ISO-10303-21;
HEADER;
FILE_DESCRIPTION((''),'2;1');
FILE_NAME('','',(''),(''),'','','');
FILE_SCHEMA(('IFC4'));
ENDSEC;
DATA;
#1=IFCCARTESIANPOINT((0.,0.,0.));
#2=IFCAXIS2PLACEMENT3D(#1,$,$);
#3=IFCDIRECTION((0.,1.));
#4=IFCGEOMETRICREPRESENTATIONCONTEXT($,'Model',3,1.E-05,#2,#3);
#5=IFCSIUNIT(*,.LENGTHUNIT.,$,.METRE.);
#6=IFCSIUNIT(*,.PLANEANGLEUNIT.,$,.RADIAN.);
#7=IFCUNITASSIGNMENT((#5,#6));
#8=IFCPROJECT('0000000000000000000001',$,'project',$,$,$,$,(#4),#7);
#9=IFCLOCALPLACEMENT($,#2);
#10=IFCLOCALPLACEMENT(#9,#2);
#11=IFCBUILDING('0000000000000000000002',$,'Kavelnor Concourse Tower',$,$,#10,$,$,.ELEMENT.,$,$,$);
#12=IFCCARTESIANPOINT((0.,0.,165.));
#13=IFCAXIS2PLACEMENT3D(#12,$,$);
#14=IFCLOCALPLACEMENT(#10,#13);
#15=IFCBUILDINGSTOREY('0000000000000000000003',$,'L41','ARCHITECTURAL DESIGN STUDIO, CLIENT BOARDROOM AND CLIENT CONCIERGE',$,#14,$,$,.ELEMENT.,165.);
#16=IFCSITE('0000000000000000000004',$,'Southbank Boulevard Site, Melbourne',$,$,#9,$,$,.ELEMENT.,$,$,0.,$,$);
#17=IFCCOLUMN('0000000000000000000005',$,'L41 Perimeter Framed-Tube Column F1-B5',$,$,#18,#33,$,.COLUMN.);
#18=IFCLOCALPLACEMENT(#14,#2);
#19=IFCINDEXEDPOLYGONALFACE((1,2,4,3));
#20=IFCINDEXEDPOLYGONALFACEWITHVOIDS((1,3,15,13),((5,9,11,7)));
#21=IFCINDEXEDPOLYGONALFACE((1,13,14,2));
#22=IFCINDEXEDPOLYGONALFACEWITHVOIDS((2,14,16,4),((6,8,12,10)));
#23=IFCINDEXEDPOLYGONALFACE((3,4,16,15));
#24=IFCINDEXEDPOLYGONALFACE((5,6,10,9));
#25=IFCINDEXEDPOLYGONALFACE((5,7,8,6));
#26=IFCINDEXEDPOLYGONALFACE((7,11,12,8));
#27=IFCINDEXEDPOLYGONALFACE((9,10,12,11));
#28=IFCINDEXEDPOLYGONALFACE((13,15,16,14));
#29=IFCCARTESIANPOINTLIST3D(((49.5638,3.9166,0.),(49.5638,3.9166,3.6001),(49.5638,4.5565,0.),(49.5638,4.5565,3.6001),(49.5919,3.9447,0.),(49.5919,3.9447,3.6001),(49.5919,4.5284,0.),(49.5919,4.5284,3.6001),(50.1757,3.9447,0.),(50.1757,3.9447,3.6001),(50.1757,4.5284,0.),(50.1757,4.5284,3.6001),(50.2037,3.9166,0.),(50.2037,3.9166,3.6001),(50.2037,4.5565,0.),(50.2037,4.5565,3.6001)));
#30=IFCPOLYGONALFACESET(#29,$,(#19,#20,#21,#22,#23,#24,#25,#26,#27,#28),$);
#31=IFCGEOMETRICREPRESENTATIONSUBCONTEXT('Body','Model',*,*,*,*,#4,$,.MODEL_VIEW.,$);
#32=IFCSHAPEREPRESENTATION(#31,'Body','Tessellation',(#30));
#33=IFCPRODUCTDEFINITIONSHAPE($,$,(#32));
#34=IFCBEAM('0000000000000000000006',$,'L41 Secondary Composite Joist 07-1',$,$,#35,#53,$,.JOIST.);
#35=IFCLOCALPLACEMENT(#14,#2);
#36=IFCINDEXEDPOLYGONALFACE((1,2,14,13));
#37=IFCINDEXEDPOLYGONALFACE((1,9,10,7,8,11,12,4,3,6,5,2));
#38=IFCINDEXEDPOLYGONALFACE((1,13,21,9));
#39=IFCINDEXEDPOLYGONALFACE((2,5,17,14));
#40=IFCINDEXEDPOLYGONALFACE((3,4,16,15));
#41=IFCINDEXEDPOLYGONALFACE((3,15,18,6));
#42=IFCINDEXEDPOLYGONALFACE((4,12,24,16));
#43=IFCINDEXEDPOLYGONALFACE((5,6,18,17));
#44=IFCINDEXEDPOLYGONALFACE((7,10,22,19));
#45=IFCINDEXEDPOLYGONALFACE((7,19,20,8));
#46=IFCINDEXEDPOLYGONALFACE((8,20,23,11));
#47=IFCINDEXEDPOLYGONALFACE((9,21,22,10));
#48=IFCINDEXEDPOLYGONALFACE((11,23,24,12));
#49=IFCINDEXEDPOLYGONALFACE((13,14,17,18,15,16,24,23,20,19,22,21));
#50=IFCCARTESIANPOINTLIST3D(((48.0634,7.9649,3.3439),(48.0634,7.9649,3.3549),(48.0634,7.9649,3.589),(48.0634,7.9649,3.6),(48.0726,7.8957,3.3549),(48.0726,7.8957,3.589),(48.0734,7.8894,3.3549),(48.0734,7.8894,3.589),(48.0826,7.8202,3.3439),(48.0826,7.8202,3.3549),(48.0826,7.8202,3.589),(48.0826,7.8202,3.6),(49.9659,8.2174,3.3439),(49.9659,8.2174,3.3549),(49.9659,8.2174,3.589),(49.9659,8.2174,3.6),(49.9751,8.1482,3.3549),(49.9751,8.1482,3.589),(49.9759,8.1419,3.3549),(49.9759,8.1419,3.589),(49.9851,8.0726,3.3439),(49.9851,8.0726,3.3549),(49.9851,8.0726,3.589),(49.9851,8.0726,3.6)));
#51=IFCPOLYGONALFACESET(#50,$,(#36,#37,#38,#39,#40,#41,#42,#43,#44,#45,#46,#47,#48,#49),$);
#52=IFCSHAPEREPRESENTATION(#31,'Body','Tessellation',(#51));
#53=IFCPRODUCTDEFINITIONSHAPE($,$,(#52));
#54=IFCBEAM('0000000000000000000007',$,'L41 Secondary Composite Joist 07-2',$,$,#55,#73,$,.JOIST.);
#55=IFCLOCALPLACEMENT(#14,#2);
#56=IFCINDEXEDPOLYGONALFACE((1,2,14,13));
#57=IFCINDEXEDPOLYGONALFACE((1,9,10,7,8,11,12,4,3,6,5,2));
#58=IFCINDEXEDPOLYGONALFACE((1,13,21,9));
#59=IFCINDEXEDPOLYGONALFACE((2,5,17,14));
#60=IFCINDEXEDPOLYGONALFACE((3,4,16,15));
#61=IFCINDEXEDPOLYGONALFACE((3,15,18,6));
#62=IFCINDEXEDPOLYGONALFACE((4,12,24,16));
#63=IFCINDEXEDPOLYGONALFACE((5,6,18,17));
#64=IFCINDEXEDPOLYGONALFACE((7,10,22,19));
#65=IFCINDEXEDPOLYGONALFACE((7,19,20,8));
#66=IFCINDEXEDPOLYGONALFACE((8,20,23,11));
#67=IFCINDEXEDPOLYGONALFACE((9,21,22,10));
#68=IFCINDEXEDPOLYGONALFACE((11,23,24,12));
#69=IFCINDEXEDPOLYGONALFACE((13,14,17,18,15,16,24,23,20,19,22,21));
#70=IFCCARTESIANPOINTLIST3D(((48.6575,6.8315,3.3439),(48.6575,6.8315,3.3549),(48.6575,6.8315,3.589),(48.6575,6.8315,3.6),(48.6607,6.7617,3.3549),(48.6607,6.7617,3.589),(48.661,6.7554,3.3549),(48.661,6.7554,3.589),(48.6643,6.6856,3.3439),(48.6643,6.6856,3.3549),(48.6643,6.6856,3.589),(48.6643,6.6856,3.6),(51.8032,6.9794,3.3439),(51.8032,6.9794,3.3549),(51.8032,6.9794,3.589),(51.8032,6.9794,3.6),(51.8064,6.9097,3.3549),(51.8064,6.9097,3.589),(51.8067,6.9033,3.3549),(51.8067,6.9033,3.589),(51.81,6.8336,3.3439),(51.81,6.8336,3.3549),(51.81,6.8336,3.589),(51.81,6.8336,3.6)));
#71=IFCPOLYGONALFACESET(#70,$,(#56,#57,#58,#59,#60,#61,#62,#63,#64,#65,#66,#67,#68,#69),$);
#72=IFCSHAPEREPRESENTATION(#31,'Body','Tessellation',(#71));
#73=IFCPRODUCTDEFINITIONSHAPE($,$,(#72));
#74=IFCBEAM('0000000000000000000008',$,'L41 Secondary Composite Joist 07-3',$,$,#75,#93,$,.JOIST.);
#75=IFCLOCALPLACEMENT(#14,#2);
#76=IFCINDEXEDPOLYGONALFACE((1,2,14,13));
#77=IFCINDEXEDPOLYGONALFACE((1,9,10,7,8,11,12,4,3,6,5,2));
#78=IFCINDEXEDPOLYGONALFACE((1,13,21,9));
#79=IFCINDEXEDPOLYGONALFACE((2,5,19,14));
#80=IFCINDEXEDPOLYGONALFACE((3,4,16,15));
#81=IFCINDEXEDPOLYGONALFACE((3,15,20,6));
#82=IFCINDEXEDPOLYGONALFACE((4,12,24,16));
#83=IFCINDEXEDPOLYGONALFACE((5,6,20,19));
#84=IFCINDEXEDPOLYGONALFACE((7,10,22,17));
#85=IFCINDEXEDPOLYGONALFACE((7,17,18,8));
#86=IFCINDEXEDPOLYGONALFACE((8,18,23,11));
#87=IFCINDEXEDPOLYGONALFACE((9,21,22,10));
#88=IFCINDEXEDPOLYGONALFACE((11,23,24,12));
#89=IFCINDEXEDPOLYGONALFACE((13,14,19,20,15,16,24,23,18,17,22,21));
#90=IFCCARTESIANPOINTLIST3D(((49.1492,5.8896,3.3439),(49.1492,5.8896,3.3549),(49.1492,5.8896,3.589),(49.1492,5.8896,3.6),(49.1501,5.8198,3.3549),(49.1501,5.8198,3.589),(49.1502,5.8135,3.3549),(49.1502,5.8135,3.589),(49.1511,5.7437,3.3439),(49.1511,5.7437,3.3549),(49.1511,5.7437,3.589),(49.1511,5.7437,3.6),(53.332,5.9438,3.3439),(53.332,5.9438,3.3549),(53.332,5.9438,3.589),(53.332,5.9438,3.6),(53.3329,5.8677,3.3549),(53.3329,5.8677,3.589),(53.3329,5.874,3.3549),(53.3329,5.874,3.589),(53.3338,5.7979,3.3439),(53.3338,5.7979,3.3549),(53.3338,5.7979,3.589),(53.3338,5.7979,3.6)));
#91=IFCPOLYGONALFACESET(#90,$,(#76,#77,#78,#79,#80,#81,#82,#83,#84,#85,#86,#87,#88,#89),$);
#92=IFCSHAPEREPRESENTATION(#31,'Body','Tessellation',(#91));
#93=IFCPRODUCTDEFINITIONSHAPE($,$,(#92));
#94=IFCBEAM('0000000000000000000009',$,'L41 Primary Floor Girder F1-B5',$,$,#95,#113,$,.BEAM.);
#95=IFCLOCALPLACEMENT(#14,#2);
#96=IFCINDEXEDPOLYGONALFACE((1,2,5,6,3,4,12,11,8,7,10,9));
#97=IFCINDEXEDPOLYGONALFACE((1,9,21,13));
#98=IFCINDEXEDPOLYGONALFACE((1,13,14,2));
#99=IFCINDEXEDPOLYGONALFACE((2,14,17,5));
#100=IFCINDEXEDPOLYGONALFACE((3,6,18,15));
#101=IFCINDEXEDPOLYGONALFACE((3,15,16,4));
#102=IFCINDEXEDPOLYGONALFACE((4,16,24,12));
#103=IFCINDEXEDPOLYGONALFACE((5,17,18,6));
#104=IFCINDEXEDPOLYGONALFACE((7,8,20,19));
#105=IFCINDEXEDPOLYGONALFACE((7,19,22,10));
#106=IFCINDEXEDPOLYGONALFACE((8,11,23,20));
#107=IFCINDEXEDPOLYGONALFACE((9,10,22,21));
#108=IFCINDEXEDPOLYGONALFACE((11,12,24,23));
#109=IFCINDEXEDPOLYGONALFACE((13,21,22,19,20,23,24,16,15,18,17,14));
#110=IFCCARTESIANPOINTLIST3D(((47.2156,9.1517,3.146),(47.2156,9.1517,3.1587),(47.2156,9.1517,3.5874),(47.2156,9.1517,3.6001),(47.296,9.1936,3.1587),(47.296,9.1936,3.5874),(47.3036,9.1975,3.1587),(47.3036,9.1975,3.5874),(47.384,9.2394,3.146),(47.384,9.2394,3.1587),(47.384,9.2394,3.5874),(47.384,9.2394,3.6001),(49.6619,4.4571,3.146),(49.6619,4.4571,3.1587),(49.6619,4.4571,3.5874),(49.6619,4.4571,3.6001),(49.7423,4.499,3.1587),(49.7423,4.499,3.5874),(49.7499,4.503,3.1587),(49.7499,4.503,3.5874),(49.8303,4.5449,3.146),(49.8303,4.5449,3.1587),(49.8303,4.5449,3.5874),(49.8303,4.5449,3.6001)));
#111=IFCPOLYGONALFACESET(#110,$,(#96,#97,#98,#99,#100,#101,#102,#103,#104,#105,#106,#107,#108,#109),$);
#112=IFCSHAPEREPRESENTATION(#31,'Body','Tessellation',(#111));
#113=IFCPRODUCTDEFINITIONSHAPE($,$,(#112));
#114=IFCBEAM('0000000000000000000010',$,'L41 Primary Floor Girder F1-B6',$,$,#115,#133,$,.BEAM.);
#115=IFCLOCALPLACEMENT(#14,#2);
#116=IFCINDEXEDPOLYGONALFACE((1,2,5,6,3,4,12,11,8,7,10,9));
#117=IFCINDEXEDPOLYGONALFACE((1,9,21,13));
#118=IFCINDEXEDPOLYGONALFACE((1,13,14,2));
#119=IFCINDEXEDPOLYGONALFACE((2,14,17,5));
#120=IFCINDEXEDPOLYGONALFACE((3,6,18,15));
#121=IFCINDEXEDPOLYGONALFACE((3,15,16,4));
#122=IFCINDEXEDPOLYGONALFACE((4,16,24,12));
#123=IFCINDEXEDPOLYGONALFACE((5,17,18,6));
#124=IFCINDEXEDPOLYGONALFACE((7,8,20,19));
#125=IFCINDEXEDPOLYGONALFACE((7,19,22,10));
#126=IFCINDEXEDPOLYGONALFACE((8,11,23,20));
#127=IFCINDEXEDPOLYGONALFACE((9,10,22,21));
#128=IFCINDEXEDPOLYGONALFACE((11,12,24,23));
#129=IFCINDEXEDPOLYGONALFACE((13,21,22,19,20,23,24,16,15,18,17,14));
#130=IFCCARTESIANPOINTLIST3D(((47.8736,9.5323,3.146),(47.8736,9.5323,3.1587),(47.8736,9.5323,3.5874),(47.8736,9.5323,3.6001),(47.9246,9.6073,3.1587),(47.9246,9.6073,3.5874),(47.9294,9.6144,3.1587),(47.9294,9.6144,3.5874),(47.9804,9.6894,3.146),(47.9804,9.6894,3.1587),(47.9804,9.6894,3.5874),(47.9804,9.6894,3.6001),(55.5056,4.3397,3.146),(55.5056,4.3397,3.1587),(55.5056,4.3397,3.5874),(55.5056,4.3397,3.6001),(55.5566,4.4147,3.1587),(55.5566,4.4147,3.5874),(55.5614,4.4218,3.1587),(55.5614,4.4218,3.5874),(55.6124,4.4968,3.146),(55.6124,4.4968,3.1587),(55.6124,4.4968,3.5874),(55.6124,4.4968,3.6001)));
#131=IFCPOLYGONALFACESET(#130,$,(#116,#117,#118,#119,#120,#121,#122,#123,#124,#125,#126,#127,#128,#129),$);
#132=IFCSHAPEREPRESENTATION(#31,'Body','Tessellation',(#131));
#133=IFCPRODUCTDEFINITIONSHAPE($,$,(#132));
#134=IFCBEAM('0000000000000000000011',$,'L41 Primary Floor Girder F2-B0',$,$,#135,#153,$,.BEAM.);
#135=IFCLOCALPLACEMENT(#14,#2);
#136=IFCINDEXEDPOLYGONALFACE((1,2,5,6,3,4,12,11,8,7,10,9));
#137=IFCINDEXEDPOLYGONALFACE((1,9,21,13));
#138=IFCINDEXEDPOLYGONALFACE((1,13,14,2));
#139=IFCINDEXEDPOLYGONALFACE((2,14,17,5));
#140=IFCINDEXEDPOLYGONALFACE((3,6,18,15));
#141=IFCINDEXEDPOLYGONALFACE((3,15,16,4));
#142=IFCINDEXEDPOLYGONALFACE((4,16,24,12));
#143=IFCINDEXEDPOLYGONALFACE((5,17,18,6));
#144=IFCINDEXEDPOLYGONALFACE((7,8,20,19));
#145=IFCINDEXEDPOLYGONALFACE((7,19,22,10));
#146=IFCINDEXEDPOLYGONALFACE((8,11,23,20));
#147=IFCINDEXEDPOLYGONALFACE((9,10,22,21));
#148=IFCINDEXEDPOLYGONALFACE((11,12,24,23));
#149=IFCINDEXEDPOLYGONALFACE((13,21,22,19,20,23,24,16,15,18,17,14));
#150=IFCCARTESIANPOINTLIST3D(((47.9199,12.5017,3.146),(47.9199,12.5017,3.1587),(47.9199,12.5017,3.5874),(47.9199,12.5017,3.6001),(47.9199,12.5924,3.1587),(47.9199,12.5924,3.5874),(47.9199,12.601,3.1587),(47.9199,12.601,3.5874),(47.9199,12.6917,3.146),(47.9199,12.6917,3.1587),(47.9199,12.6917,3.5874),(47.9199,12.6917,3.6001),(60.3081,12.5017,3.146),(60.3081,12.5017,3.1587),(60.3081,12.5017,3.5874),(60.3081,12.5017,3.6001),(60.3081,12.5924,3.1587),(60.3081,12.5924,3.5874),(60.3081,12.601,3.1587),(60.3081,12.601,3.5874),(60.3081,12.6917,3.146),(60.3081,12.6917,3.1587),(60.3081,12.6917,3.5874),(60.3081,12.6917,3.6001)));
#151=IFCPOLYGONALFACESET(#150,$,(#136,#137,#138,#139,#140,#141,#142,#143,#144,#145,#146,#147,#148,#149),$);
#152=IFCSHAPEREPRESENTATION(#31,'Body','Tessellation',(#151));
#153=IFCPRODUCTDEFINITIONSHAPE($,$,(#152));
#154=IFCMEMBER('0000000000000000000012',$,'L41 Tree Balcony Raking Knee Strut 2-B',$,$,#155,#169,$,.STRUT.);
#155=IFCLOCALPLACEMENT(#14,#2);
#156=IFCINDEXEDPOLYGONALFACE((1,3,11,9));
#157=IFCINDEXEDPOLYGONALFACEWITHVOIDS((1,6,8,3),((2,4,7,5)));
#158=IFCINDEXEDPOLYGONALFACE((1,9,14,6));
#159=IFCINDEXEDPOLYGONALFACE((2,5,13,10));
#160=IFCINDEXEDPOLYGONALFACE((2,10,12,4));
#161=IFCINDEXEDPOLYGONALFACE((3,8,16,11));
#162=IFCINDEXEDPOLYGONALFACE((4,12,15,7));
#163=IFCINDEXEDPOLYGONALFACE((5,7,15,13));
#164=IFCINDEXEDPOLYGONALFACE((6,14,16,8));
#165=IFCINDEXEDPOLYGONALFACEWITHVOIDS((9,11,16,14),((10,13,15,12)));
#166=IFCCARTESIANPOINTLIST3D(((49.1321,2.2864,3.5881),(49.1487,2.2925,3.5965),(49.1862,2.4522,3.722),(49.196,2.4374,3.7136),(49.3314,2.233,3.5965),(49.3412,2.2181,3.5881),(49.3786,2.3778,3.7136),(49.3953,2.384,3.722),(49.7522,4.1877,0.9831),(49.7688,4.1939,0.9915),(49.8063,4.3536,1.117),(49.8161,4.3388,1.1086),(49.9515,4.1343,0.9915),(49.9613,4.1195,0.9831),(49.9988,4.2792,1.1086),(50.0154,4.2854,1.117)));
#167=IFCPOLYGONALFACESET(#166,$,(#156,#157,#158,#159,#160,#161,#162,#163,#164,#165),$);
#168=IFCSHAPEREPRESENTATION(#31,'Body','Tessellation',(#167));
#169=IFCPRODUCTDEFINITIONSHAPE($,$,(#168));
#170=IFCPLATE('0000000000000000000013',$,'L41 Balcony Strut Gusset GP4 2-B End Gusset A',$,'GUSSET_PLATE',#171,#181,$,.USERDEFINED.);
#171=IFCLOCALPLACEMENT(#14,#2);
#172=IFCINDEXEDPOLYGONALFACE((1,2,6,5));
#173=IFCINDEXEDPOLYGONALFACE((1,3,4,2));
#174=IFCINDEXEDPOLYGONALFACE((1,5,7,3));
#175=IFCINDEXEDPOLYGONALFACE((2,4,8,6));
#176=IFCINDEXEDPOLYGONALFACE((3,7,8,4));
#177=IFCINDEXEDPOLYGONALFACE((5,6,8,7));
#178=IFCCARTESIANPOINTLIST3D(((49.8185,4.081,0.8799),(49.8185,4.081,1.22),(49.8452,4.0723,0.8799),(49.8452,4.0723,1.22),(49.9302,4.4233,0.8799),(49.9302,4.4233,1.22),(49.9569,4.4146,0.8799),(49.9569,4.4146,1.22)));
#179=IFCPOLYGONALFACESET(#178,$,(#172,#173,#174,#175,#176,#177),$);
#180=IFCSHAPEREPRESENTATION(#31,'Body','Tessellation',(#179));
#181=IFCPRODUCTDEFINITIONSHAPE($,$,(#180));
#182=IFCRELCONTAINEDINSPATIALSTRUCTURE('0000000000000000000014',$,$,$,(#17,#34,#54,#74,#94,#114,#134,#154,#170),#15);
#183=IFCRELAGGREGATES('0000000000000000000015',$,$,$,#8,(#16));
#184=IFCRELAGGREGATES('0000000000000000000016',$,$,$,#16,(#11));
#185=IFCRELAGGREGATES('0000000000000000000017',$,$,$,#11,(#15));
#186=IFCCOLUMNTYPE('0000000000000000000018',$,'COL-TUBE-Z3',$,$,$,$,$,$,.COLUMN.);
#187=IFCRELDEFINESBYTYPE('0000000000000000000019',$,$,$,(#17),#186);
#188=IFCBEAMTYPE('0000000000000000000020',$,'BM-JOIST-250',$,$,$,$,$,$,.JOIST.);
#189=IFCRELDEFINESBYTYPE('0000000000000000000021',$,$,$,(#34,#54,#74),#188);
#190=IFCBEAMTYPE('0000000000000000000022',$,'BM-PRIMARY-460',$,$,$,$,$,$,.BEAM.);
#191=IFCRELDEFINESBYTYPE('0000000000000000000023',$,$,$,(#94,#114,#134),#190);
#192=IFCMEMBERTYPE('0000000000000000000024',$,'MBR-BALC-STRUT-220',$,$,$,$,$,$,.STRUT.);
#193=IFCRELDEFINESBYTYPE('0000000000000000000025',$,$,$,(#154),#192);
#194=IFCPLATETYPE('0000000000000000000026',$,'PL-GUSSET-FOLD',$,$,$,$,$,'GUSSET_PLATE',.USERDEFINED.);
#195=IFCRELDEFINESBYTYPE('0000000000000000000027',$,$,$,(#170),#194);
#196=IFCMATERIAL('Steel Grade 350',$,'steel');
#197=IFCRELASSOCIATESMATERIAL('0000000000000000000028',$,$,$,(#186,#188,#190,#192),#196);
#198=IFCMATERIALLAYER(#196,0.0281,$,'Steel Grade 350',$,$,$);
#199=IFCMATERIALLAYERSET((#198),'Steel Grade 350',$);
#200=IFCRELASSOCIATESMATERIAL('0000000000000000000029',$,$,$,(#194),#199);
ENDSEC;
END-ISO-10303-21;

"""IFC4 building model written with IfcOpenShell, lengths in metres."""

from ifc_helpers import new_model, si_unit, direction, frame, origin, origin_2d, place, context, subcontext, project, spatial, rectangle, hollow_rectangle, i_section, extrude, material, layer, layer_set, material_profile, profile_set, type_object, element, save


model = new_model("IFC4")

# Units and contexts
model_context = context("Model", 3, precision=1e-05, world=origin(), true_north=direction((0.0, 1.0)))
body_context = subcontext(model_context, "Body", "Model", "MODEL_VIEW")
ifc_project = project(units=[si_unit("LENGTHUNIT", "METRE"), si_unit("PLANEANGLEUNIT", "RADIAN")], contexts=[model_context])

# Site, building, storey
site_placement = place(None, origin())
site = spatial("IfcSite", under=ifc_project, at=site_placement, Name="Southbank Boulevard Site, Melbourne", CompositionType="ELEMENT", RefElevation=0.0)
building_placement = place(site_placement, origin())
building = spatial("IfcBuilding", under=site, at=building_placement, Name="Kavelnor Concourse Tower", CompositionType="ELEMENT")
storey_placement = place(building_placement, frame((0.0, 0.0, 165.0)))
storey = spatial("IfcBuildingStorey", under=building, at=storey_placement, Name="L41", Description="ARCHITECTURAL DESIGN STUDIO, CLIENT BOARDROOM AND CLIENT CONCIERGE", CompositionType="ELEMENT", Elevation=165.0)

# Column
ifc_material_1 = material(Name="Steel Grade 350", Category="steel")
ifc_material_profile_1 = material_profile(ifc_material_1, hollow_rectangle(XDim=0.6399, YDim=0.6399, WallThickness=0.0281, at=origin_2d()), Name="SHS 640x640x28")
ifc_profile_set_1 = profile_set([ifc_material_profile_1], Name="Steel Grade 350")
column_type = type_object("IfcColumnType", Name="COL-TUBE-Z3", PredefinedType="COLUMN", material=ifc_profile_set_1)
column_placement = place(storey_placement, frame((49.8838, 4.2366, 0.0), z_axis=(0.0, 0.0, 1.0), x_axis=(1.0, 0.0, 0.0)))
element("IfcColumn", 1, at=column_placement, inside=storey, type_object=column_type, Name="L41 Perimeter Framed-Tube Column F1-B5", PredefinedType="COLUMN", context=body_context, shape_type="SweptSolid", body=[
    extrude(hollow_rectangle(XDim=0.6399, YDim=0.6399, WallThickness=0.0281, at=origin_2d()), origin(), (0.0, 0.0, 1.0), 3.6001),
])

# Beams
ifc_material_profile_2 = material_profile(ifc_material_1, i_section(OverallWidth=0.146, OverallDepth=0.2561, WebThickness=0.0063, FlangeThickness=0.011, at=origin_2d()), Name="250UB37")
ifc_profile_set_2 = profile_set([ifc_material_profile_2], Name="Steel Grade 350")
beam_type_1 = type_object("IfcBeamType", Name="BM-JOIST-250", PredefinedType="JOIST", material=ifc_profile_set_2)
beam_1_placement = place(storey_placement, frame((48.073, 7.8926, 3.4719), z_axis=(0.991312, 0.13153, 0.0), x_axis=(-0.13153, 0.991312, 0.0)))
element("IfcBeam", 2, at=beam_1_placement, inside=storey, type_object=beam_type_1, Name="L41 Secondary Composite Joist 07-1", PredefinedType="JOIST", context=body_context, shape_type="SweptSolid", body=[
    extrude(i_section(OverallWidth=0.146, OverallDepth=0.2561, WebThickness=0.0063, FlangeThickness=0.011, at=origin_2d()), origin(), (0.0, 0.0, 1.0), 1.9192),
])
beam_2_placement = place(storey_placement, frame((48.6609, 6.7585, 3.4719), z_axis=(0.998896, 0.04698, 0.0), x_axis=(-0.04698, 0.998896, 0.0)))
element("IfcBeam", 3, at=beam_2_placement, inside=storey, type_object=beam_type_1, Name="L41 Secondary Composite Joist 07-2", PredefinedType="JOIST", context=body_context, shape_type="SweptSolid", body=[
    extrude(i_section(OverallWidth=0.146, OverallDepth=0.2561, WebThickness=0.0063, FlangeThickness=0.011, at=origin_2d()), origin(), (0.0, 0.0, 1.0), 3.1492),
])
beam_3_placement = place(storey_placement, frame((49.1501, 5.8167, 3.4719), z_axis=(0.999916, 0.012956, 0.0), x_axis=(-0.012956, 0.999916, 0.0)))
element("IfcBeam", 4, at=beam_3_placement, inside=storey, type_object=beam_type_1, Name="L41 Secondary Composite Joist 07-3", PredefinedType="JOIST", context=body_context, shape_type="SweptSolid", body=[
    extrude(i_section(OverallWidth=0.146, OverallDepth=0.2561, WebThickness=0.0063, FlangeThickness=0.011, at=origin_2d()), origin(), (0.0, 0.0, 1.0), 4.1831),
])
ifc_material_profile_3 = material_profile(ifc_material_1, i_section(OverallWidth=0.1899, OverallDepth=0.4541, WebThickness=0.0085, FlangeThickness=0.0127, at=origin_2d()), Name="460UB67")
ifc_profile_set_3 = profile_set([ifc_material_profile_3], Name="Steel Grade 350")
beam_type_2 = type_object("IfcBeamType", Name="BM-PRIMARY-460", PredefinedType="BEAM", material=ifc_profile_set_3)
beam_4_placement = place(storey_placement, frame((47.2998, 9.1956, 3.373), z_axis=(0.462112, -0.886822, 0.0), x_axis=(0.886822, 0.462112, 0.0)))
element("IfcBeam", 5, at=beam_4_placement, inside=storey, type_object=beam_type_2, Name="L41 Primary Floor Girder F1-B5", PredefinedType="BEAM", context=body_context, shape_type="SweptSolid", body=[
    extrude(i_section(OverallWidth=0.1899, OverallDepth=0.4541, WebThickness=0.0085, FlangeThickness=0.0127, at=origin_2d()), origin(), (0.0, 0.0, 1.0), 5.2937),
])
beam_5_placement = place(storey_placement, frame((47.927, 9.6108, 3.373), z_axis=(0.826785, -0.562518, 0.0), x_axis=(0.562518, 0.826785, 0.0)))
element("IfcBeam", 6, at=beam_5_placement, inside=storey, type_object=beam_type_2, Name="L41 Primary Floor Girder F1-B6", PredefinedType="BEAM", context=body_context, shape_type="SweptSolid", body=[
    extrude(i_section(OverallWidth=0.1899, OverallDepth=0.4541, WebThickness=0.0085, FlangeThickness=0.0127, at=origin_2d()), origin(), (0.0, 0.0, 1.0), 9.231),
])
beam_6_placement = place(storey_placement, frame((47.9199, 12.5967, 3.373), z_axis=(1.0, 0.0, 0.0), x_axis=(0.0, 1.0, 0.0)))
element("IfcBeam", 7, at=beam_6_placement, inside=storey, type_object=beam_type_2, Name="L41 Primary Floor Girder F2-B0", PredefinedType="BEAM", context=body_context, shape_type="SweptSolid", body=[
    extrude(i_section(OverallWidth=0.1899, OverallDepth=0.4541, WebThickness=0.0085, FlangeThickness=0.0127, at=origin_2d()), origin(), (0.0, 0.0, 1.0), 12.3882),
])

# Member
ifc_material_profile_4 = material_profile(ifc_material_1, hollow_rectangle(XDim=0.22, YDim=0.22, WallThickness=0.0139, at=origin_2d()), Name="SHS 220x220x14")
ifc_profile_set_4 = profile_set([ifc_material_profile_4], Name="Steel Grade 350")
member_type = type_object("IfcMemberType", Name="MBR-BALC-STRUT-220", PredefinedType="STRUT", material=ifc_profile_set_4)
member_placement = place(storey_placement, frame((49.8838, 4.2366, 1.05), z_axis=(-0.188821, -0.578952, 0.793197), x_axis=(0.950714, -0.310069, 0.0)))
element("IfcMember", 8, at=member_placement, inside=storey, type_object=member_type, Name="L41 Tree Balcony Raking Knee Strut 2-B", PredefinedType="STRUT", context=body_context, shape_type="SweptSolid", body=[
    extrude(hollow_rectangle(XDim=0.22, YDim=0.22, WallThickness=0.0139, at=origin_2d()), origin(), (0.0, 0.0, 1.0), 3.2842),
])

# Plate
ifc_layer_1 = layer(ifc_material_1, 0.0281, Name="Steel Grade 350")
ifc_layer_set_1 = layer_set([ifc_layer_1], Name="Steel Grade 350")
plate_type = type_object("IfcPlateType", Name="PL-GUSSET-FOLD", ElementType="GUSSET_PLATE", PredefinedType="USERDEFINED", material=ifc_layer_set_1)
for number, where, z_axis, x_axis, name in (
    (9, (49.8877, 4.2478, 0.8799), (0.0, 0.0, 1.0), (-0.310179, -0.950678, 0.0), "L41 Balcony Strut Gusset GP4 2-B End Gusset A"),
):
    element("IfcPlate", number, at=place(storey_placement, frame(where, z_axis=z_axis, x_axis=x_axis)), inside=storey, type_object=plate_type, Name=name, ObjectType="GUSSET_PLATE", PredefinedType="USERDEFINED", context=body_context, shape_type="SweptSolid", body=[
        extrude(rectangle(XDim=0.3601, YDim=0.0281, at=origin_2d()), origin(), (0.0, 0.0, 1.0), 0.3401),
    ])

save(model, "model.ifc")
